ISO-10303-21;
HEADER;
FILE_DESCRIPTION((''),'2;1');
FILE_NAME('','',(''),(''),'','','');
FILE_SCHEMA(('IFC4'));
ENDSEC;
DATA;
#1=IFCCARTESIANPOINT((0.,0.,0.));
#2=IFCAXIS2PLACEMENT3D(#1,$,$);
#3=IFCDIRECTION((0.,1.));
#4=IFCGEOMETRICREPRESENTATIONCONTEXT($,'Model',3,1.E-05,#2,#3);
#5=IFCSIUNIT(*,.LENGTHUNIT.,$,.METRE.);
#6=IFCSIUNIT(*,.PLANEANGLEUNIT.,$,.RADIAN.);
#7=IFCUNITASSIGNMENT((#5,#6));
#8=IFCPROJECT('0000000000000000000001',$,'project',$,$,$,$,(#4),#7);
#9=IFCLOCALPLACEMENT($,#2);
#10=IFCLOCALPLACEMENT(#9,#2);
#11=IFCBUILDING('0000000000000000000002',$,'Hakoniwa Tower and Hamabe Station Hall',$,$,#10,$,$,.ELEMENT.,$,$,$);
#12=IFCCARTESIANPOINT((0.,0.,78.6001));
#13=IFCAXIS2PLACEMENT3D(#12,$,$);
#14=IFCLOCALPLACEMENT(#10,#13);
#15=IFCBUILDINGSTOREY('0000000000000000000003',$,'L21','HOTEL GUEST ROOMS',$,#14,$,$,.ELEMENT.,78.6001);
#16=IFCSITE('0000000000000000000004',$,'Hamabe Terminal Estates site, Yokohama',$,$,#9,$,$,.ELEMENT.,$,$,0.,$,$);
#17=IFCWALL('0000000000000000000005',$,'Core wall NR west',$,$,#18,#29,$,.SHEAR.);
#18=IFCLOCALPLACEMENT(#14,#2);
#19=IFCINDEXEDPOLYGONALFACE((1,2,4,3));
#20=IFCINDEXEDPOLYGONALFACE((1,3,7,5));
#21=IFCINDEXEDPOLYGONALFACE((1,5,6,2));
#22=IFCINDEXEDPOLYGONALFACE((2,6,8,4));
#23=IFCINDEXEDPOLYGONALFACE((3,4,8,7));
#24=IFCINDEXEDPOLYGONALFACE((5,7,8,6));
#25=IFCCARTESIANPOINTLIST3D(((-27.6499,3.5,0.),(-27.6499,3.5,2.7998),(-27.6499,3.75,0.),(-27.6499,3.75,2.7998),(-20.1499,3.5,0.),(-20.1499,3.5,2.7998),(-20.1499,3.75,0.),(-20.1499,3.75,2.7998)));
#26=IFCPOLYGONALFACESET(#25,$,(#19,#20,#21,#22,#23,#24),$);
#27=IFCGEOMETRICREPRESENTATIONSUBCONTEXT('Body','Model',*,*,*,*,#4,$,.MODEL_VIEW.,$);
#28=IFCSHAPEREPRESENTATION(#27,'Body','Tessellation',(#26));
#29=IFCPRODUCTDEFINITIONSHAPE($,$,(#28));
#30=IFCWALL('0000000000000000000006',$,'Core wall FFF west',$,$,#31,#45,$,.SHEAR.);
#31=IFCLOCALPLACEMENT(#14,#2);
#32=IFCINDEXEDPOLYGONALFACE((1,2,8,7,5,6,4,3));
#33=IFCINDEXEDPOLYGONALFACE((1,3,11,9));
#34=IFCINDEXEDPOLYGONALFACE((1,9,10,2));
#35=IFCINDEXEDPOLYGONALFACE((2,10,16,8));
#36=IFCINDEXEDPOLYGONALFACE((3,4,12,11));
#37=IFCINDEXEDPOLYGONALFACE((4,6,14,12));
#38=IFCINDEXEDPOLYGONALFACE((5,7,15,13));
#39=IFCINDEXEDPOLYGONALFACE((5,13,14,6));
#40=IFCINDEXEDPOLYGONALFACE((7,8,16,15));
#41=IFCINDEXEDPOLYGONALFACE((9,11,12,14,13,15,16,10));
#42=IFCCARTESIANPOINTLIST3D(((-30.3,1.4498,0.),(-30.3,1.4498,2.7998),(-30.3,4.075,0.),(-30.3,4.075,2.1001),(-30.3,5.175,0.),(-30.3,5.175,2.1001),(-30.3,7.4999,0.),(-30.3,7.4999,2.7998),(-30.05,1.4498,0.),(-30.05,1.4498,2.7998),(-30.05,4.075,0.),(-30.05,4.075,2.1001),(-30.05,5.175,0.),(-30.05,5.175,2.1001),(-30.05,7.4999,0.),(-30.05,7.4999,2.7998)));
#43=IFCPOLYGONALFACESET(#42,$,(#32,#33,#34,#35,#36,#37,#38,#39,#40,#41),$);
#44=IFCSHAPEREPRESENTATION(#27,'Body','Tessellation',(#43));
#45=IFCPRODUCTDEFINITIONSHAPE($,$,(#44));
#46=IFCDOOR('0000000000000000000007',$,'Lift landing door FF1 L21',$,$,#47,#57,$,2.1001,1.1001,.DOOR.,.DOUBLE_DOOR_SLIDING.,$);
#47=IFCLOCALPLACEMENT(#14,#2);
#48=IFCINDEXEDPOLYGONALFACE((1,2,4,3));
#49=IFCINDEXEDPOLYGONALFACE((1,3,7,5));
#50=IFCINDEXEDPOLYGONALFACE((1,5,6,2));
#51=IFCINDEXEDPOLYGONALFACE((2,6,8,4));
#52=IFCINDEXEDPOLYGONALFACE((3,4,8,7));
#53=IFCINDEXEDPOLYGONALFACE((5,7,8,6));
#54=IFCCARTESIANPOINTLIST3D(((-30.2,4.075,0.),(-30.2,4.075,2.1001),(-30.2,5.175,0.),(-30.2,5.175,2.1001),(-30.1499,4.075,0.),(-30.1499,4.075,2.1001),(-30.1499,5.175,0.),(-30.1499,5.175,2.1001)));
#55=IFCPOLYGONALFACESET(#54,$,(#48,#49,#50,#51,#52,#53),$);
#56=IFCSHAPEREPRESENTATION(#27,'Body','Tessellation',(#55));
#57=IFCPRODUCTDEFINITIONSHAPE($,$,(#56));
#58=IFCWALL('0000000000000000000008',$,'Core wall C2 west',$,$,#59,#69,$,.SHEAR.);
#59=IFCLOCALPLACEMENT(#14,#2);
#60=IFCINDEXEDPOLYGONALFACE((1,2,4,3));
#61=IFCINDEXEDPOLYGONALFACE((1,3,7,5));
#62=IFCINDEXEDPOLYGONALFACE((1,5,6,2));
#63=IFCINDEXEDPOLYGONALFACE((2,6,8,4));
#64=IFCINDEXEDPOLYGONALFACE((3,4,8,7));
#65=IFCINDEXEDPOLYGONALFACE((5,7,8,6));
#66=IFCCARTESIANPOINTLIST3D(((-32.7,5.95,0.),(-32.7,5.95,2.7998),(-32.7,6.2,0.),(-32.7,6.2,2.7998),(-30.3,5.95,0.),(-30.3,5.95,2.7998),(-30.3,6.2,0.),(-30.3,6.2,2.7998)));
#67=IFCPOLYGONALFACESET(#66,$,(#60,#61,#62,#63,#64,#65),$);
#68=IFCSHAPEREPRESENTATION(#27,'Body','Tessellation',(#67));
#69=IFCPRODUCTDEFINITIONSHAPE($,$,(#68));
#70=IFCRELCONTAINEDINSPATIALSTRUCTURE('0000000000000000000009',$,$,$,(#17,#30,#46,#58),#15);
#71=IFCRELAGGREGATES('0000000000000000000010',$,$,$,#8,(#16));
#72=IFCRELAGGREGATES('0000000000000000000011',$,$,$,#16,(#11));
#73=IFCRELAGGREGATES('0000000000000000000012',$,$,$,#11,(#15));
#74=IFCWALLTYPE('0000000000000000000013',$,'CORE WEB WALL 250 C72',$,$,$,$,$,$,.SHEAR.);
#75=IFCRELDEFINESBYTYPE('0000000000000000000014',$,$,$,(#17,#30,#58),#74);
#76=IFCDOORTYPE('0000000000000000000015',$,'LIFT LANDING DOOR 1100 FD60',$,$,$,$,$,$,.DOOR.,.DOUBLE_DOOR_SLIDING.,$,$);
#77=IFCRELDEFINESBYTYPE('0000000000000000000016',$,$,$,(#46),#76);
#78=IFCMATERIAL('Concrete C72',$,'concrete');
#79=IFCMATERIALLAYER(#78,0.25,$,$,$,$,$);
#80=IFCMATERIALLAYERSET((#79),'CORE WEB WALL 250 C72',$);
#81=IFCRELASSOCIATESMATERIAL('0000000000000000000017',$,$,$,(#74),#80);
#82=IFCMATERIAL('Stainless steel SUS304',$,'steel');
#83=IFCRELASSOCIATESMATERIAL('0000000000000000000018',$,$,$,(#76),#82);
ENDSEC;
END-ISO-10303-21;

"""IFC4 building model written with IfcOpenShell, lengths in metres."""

from ifc_helpers import new_model, si_unit, direction, frame, frame_2d, origin, place, context, subcontext, project, spatial, rectangle, extrude, material, layer, layer_set, type_object, element, fill, save


model = new_model("IFC4")

# Units and contexts
model_context = context("Model", 3, precision=1e-05, world=origin(), true_north=direction((0.0, 1.0)))
body_context = subcontext(model_context, "Body", "Model", "MODEL_VIEW")
ifc_project = project(units=[si_unit("LENGTHUNIT", "METRE"), si_unit("PLANEANGLEUNIT", "RADIAN")], contexts=[model_context])

# Site, building, storey
site_placement = place(None, origin())
site = spatial("IfcSite", under=ifc_project, at=site_placement, Name="Hamabe Terminal Estates site, Yokohama", CompositionType="ELEMENT", RefElevation=0.0)
building_placement = place(site_placement, origin())
building = spatial("IfcBuilding", under=site, at=building_placement, Name="Hakoniwa Tower and Hamabe Station Hall", CompositionType="ELEMENT")
storey_placement = place(building_placement, frame((0.0, 0.0, 78.6001)))
storey = spatial("IfcBuildingStorey", under=building, at=storey_placement, Name="L21", Description="HOTEL GUEST ROOMS", CompositionType="ELEMENT", Elevation=78.6001)

# Shared definitions
ifc_material_1 = material(Name="Concrete C72", Category="concrete")
ifc_layer_1 = layer(ifc_material_1, 0.25)
ifc_layer_set_1 = layer_set([ifc_layer_1], Name="CORE WEB WALL 250 C72")
wall_type_1 = type_object("IfcWallType", Name="CORE WEB WALL 250 C72", PredefinedType="SHEAR", material=ifc_layer_set_1)
ifc_material_2 = material(Name="Stainless steel SUS304", Category="steel")
door_type_1 = type_object("IfcDoorType", Name="LIFT LANDING DOOR 1100 FD60", OperationType="DOUBLE_DOOR_SLIDING", PredefinedType="DOOR", material=ifc_material_2)

# Wall
wall_1_placement = place(storey_placement, frame((-27.6499, 3.625, 0.0), z_axis=(0.0, 0.0, 1.0), x_axis=(1.0, 0.0, 0.0)))
element("IfcWall", 1, at=wall_1_placement, inside=storey, type_object=wall_type_1, Name="Core wall NR west", PredefinedType="SHEAR", context=body_context, shape_type="SweptSolid", body=[
    extrude(rectangle(XDim=7.5, YDim=0.25, at=frame_2d((3.75, 0.0))), origin(), (0.0, 0.0, 1.0), 2.7998),
])

# Wall, opening, door
wall_2_placement = place(storey_placement, frame((-30.175, 1.45, 0.0), z_axis=(0.0, 0.0, 1.0), x_axis=(0.0, 1.0, 0.0)))
wall_2 = element("IfcWall", 2, at=wall_2_placement, inside=storey, type_object=wall_type_1, Name="Core wall FFF west", PredefinedType="SHEAR", context=body_context, shape_type="SweptSolid", body=[
    extrude(rectangle(XDim=6.05, YDim=0.25, at=frame_2d((3.0249, 0.0))), origin(), (0.0, 0.0, 1.0), 2.7998),
])
opening_1_placement = place(wall_2_placement, frame((2.625, 0.0, 0.0)))
opening_1 = element("IfcOpeningElement", 3, at=opening_1_placement, cuts=wall_2, PredefinedType="OPENING", context=body_context, shape_type="SweptSolid", body=[
    extrude(rectangle(XDim=1.1001, YDim=2.1001, at=frame_2d((0.55, 1.05))), frame((0.0, 0.135, 0.0), z_axis=(0.0, -1.0, 0.0), x_axis=(1.0, 0.0, 0.0)), (0.0, 0.0, 1.0), 0.27),
])
door_1_placement = place(opening_1_placement, origin())
door_1 = element("IfcDoor", 4, at=door_1_placement, inside=storey, type_object=door_type_1, Name="Lift landing door FF1 L21", OperationType="DOUBLE_DOOR_SLIDING", OverallHeight=2.1001, OverallWidth=1.1001, PredefinedType="DOOR", context=body_context, shape_type="SweptSolid", body=[
    extrude(rectangle(XDim=1.1001, YDim=2.1001, at=frame_2d((0.55, 1.05))), frame((0.0, 0.0249, 0.0), z_axis=(0.0, -1.0, 0.0), x_axis=(1.0, 0.0, 0.0)), (0.0, 0.0, 1.0), 0.05),
])
fill(opening_1, door_1)

# Wall
wall_3_placement = place(storey_placement, frame((-32.7, 6.075, 0.0), z_axis=(0.0, 0.0, 1.0), x_axis=(1.0, 0.0, 0.0)))
element("IfcWall", 5, at=wall_3_placement, inside=storey, type_object=wall_type_1, Name="Core wall C2 west", PredefinedType="SHEAR", context=body_context, shape_type="SweptSolid", body=[
    extrude(rectangle(XDim=2.3999, YDim=0.25, at=frame_2d((1.2, 0.0))), origin(), (0.0, 0.0, 1.0), 2.7998),
])

save(model, "model.ifc")
